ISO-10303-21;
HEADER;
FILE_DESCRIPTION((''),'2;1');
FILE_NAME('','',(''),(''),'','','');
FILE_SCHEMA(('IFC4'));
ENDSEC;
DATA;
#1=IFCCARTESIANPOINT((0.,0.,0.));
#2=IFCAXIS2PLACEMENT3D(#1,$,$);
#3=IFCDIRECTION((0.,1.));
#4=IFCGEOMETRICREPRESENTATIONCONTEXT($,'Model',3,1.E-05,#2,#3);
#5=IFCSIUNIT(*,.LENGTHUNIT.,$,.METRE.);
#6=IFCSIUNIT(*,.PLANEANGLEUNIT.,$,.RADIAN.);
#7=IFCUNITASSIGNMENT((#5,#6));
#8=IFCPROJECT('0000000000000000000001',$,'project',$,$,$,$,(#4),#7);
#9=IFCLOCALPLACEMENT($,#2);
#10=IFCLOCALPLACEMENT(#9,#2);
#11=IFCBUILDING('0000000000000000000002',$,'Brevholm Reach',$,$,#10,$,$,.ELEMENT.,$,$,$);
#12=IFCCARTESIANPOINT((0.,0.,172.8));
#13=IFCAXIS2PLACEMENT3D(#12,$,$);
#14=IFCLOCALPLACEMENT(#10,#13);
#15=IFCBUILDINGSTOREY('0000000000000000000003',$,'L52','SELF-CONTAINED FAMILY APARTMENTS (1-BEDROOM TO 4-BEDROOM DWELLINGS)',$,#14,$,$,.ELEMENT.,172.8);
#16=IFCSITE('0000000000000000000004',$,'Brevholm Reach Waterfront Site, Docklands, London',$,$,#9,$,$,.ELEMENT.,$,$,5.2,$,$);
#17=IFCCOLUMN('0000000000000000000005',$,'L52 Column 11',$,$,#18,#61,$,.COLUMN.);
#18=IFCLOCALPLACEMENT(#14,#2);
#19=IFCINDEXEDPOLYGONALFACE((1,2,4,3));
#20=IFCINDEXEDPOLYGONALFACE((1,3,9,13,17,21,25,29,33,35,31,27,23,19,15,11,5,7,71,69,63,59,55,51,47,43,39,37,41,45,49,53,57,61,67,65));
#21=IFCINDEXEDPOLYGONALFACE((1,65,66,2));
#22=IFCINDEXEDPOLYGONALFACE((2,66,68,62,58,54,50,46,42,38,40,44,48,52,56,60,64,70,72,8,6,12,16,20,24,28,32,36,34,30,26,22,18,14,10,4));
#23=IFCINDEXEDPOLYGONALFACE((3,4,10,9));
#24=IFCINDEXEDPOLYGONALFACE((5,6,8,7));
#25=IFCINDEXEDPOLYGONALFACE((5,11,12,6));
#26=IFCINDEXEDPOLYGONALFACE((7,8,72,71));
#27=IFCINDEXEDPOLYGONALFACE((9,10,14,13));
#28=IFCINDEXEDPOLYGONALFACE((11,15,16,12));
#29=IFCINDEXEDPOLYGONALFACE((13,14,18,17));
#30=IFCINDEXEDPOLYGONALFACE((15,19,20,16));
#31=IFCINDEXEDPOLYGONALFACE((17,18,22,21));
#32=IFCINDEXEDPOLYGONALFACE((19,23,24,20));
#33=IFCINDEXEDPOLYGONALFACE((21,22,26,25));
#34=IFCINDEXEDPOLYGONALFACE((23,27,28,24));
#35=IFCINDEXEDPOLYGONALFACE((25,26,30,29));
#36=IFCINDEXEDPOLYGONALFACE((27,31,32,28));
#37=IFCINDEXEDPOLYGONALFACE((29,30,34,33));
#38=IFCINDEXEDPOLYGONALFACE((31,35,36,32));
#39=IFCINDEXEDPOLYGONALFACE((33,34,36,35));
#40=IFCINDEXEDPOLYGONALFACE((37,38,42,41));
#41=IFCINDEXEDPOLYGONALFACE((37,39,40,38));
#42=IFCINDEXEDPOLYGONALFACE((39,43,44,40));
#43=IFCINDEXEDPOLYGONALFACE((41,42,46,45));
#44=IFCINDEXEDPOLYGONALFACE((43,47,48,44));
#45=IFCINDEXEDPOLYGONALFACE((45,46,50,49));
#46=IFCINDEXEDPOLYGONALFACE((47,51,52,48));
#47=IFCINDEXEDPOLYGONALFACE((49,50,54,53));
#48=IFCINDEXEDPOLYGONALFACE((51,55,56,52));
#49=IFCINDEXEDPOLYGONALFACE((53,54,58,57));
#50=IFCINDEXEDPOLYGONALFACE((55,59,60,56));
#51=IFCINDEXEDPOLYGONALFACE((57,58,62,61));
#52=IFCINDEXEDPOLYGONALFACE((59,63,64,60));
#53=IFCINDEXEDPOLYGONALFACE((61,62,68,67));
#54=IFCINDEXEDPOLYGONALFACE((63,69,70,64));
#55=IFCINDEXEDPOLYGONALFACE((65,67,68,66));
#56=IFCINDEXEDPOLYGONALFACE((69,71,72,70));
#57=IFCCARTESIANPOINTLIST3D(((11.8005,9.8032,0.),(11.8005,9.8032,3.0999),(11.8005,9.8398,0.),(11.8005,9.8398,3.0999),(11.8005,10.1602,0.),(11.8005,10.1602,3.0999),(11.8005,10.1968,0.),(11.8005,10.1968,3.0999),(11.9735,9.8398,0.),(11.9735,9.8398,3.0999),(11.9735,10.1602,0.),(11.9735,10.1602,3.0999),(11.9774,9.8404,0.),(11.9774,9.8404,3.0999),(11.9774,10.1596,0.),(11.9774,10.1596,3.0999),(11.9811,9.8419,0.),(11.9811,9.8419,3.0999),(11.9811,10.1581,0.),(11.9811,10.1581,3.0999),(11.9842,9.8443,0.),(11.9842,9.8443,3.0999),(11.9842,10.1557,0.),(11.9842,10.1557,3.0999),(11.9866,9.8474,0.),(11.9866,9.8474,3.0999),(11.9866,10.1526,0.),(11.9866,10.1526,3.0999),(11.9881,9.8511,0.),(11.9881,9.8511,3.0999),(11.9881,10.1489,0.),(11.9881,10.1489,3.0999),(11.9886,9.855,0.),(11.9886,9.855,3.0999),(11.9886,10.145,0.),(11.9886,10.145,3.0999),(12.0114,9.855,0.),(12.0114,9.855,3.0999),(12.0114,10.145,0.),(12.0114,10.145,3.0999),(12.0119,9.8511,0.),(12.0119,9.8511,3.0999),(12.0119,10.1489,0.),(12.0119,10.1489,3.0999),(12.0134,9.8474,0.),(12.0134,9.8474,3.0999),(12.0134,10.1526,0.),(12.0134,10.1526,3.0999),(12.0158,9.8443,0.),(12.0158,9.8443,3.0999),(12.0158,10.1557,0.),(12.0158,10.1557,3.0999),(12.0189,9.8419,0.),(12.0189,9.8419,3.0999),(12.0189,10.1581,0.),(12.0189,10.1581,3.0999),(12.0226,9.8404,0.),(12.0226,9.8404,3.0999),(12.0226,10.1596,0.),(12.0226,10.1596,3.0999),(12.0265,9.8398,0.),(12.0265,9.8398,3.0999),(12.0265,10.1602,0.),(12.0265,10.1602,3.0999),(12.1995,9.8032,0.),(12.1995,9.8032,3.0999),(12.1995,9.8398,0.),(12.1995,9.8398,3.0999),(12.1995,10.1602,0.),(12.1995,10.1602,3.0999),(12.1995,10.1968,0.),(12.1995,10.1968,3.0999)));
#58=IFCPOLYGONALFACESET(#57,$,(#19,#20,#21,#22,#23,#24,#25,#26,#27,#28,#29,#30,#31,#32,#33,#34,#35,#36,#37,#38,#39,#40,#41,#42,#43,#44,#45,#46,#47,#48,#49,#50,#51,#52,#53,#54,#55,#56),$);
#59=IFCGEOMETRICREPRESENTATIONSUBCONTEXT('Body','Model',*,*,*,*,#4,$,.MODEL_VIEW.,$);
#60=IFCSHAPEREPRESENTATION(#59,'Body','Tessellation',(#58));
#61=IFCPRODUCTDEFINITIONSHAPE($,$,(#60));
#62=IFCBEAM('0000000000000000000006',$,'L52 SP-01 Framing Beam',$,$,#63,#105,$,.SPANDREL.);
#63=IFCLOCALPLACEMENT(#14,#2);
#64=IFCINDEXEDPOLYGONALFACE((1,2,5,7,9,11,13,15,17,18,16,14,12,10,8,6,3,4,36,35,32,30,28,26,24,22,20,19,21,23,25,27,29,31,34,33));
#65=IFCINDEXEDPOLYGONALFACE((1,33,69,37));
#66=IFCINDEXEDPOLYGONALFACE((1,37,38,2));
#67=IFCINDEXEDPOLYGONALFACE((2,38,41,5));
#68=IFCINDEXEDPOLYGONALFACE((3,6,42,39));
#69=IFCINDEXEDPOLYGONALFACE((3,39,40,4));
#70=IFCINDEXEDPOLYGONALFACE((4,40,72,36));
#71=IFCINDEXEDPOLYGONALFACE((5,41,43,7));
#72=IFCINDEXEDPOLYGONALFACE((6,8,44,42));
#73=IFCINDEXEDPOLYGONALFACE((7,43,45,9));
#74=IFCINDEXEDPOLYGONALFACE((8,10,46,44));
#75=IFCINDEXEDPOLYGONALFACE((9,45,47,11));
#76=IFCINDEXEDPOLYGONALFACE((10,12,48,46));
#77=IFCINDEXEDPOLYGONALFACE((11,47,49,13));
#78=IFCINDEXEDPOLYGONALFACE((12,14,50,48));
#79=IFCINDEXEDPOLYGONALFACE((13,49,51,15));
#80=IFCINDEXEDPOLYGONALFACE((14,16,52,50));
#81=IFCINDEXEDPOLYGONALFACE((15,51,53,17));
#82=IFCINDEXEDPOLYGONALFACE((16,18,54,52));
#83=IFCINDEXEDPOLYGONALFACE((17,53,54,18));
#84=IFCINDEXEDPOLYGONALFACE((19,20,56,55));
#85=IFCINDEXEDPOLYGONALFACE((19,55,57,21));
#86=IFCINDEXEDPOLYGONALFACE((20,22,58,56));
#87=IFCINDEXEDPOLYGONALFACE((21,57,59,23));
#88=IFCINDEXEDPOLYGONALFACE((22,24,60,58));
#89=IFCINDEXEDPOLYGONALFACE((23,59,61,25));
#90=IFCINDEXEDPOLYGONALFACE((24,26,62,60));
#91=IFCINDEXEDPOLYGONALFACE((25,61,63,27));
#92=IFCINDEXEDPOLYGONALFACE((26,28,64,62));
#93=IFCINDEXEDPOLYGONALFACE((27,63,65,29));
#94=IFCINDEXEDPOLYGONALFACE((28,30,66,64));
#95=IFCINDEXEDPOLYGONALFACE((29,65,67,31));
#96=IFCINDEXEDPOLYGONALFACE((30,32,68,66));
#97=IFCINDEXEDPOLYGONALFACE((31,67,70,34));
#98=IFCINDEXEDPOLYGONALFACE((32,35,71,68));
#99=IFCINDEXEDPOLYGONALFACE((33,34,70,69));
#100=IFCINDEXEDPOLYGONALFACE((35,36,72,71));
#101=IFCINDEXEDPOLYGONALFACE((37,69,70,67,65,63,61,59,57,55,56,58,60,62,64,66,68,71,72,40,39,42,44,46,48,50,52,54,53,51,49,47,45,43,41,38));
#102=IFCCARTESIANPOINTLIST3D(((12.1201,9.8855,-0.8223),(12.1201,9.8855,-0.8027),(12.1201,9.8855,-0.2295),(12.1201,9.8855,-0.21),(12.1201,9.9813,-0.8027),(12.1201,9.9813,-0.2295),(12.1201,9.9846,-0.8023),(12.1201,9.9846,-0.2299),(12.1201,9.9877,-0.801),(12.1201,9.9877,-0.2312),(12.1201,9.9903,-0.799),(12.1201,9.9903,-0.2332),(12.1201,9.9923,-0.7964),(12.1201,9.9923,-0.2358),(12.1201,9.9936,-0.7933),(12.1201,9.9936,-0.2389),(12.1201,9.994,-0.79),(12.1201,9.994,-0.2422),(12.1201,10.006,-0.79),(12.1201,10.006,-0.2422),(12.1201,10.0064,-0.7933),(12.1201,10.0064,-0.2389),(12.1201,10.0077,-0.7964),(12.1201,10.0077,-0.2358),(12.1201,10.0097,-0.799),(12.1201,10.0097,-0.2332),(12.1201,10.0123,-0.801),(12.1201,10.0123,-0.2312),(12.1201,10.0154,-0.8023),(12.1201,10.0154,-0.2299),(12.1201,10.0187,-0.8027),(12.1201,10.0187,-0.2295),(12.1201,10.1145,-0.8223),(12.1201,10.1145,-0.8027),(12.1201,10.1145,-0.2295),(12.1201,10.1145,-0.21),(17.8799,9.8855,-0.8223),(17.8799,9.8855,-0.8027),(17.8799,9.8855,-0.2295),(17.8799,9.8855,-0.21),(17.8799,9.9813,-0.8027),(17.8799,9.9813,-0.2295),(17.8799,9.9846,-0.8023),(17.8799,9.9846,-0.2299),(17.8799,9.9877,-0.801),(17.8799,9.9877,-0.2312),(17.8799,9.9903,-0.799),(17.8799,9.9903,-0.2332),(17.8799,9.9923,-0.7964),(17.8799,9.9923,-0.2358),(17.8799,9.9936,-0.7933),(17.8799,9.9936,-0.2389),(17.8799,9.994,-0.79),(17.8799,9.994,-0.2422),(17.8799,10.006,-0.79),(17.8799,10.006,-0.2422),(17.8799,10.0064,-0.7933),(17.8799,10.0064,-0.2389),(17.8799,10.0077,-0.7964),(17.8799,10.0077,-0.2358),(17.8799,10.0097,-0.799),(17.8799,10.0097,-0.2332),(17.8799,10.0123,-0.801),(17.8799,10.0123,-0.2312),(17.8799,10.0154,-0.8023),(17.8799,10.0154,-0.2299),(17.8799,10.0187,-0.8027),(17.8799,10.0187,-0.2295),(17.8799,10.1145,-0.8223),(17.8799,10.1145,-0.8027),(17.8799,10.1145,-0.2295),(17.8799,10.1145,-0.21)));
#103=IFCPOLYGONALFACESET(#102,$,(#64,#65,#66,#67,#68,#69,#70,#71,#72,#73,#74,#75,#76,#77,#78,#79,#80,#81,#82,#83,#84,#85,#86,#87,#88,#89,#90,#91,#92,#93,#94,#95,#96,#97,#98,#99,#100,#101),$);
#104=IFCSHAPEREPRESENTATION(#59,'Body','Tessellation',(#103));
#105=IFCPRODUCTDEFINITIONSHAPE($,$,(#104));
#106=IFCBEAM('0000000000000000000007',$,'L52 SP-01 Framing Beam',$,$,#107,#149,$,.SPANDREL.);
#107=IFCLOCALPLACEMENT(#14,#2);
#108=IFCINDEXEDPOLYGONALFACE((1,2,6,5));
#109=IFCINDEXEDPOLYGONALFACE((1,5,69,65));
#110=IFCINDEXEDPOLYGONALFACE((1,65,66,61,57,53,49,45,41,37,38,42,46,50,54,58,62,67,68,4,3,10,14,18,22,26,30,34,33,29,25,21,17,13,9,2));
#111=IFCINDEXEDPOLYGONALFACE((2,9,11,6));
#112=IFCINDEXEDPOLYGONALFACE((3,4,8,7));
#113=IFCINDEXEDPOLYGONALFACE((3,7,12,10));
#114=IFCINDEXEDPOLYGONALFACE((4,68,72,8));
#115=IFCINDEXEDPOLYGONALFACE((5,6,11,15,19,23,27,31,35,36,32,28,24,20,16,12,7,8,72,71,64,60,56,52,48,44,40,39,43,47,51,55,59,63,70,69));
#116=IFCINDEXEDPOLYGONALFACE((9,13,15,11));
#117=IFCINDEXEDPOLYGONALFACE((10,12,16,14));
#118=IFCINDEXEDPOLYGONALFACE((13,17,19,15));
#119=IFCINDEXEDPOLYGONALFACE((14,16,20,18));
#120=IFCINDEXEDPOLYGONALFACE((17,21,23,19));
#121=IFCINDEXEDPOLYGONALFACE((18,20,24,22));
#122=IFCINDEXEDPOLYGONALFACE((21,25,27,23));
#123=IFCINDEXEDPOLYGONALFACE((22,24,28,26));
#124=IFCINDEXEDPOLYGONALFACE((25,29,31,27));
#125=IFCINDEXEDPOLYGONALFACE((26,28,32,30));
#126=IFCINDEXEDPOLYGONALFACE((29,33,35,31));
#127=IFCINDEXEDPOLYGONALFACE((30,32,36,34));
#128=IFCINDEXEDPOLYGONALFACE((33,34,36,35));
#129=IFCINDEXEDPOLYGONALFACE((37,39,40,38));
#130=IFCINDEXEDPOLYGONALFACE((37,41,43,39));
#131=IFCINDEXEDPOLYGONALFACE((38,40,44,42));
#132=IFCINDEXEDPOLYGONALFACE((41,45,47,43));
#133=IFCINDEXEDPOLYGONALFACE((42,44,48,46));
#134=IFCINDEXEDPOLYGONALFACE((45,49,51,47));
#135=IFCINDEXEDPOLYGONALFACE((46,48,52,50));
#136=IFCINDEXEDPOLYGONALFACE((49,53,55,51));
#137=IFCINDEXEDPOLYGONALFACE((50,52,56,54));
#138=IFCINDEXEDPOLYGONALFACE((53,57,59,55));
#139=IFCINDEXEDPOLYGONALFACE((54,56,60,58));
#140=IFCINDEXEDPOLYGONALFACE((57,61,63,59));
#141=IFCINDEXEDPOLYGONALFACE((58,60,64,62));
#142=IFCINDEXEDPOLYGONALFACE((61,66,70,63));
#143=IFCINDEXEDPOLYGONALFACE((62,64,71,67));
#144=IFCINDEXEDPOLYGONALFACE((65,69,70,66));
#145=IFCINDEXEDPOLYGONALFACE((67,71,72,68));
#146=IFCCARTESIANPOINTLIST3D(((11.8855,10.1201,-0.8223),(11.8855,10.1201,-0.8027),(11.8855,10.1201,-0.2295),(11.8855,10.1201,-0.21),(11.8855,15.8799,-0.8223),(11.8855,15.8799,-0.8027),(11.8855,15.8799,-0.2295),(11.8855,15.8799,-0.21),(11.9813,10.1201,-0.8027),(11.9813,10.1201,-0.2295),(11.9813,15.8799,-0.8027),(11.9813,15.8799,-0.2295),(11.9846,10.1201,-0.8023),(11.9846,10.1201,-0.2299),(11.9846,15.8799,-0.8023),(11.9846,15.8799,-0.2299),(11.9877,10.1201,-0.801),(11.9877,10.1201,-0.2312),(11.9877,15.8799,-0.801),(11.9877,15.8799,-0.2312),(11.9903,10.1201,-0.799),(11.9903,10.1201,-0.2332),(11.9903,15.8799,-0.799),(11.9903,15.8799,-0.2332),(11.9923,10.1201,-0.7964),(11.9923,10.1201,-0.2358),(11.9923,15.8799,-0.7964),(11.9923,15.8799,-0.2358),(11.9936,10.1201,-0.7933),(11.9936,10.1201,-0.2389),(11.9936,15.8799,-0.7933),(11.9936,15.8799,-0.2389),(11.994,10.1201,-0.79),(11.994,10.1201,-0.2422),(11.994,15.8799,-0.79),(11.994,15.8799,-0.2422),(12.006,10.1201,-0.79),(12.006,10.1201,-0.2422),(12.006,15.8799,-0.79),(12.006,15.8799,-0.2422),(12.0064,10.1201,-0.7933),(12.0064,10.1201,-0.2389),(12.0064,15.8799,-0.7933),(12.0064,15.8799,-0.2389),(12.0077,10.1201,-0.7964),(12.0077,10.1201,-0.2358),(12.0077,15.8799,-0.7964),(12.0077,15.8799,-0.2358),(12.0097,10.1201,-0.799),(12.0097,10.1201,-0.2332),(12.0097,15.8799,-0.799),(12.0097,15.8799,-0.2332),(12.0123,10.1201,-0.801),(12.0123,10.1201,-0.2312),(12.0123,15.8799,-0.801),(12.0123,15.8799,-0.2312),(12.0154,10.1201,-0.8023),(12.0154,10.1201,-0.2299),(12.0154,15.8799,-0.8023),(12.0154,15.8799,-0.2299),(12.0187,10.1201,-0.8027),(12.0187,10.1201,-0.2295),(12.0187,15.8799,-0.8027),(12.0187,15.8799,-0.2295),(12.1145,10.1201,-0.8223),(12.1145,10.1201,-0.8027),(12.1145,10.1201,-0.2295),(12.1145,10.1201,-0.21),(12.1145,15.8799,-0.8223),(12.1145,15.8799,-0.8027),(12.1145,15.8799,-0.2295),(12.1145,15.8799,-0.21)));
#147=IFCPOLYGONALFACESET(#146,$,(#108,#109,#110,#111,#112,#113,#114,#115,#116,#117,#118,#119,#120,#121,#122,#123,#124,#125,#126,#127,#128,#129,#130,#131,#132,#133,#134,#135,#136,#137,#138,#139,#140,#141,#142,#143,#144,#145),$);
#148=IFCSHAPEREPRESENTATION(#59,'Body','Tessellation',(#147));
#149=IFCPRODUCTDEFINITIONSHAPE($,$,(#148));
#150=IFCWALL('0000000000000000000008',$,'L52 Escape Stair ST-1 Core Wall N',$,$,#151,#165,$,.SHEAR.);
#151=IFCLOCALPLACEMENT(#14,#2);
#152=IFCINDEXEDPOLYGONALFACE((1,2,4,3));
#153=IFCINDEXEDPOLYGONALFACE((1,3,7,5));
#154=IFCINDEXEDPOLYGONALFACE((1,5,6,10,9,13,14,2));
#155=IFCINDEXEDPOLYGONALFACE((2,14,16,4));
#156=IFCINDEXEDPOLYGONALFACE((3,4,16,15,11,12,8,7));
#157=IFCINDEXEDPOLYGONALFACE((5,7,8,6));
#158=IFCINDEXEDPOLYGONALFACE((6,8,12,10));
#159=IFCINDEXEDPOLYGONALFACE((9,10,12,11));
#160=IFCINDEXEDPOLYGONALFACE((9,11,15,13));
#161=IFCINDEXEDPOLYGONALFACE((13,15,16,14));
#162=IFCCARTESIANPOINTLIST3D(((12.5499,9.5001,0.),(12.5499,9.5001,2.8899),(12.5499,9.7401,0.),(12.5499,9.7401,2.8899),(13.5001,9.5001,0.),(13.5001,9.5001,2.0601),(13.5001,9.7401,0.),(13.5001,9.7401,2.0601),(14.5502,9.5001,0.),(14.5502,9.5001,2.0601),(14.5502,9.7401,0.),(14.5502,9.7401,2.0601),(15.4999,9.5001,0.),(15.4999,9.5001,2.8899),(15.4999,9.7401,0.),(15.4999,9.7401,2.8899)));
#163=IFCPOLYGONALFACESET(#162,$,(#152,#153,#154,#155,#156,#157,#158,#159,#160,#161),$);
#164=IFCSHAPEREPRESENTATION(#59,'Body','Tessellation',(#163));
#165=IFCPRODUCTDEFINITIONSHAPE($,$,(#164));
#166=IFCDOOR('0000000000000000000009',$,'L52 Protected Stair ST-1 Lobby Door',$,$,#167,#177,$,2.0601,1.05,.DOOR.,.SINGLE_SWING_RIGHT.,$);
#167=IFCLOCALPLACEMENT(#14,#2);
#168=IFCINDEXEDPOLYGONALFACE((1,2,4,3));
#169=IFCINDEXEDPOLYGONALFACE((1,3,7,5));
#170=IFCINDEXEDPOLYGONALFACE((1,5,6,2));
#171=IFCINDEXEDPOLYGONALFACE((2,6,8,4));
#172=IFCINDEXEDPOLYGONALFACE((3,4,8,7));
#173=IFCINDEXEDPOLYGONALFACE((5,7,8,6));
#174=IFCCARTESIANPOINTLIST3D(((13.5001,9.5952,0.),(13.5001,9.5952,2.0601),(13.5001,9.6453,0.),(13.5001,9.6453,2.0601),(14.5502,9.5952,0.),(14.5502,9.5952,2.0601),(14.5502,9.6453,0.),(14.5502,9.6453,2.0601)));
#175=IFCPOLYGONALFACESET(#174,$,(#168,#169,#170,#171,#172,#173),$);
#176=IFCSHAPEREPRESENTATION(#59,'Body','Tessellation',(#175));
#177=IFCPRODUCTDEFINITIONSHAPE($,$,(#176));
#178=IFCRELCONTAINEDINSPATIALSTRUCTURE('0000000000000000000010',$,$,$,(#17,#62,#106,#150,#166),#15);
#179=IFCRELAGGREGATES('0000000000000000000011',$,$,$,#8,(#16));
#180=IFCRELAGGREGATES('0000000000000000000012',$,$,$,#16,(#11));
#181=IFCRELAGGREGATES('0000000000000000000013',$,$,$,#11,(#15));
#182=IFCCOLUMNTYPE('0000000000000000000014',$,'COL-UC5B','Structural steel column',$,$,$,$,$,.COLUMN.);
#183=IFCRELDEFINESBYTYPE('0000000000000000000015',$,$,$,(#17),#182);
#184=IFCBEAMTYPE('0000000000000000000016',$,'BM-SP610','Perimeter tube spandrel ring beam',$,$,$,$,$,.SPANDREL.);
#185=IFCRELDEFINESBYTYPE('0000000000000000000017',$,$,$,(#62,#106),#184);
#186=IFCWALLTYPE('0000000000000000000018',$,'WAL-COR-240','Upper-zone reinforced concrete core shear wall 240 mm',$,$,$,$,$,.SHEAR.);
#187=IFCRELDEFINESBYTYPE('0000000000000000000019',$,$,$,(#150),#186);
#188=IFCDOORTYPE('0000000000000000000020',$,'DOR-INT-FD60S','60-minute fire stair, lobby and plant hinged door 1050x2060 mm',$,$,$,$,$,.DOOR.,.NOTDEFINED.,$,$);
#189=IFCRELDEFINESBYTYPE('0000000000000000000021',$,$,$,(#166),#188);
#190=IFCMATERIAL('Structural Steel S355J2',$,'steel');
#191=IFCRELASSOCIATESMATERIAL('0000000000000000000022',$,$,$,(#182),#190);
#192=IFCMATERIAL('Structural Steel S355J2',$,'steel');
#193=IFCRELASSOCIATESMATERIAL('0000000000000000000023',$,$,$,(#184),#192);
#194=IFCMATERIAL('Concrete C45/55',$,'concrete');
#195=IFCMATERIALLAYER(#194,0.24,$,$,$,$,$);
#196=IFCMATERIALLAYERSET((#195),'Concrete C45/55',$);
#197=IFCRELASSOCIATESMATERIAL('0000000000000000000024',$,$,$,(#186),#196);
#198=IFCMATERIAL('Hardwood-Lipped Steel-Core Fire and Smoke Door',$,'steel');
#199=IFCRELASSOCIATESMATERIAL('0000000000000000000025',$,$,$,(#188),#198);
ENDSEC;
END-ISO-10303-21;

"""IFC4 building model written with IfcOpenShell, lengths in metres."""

from ifc_helpers import new_model, si_unit, direction, frame, frame_2d, origin, origin_2d, place, context, subcontext, project, spatial, rectangle, i_section, extrude, material, layer, layer_set, material_profile, profile_set, type_object, element, fill, save


model = new_model("IFC4")

# Units and contexts
model_context = context("Model", 3, precision=1e-05, world=origin(), true_north=direction((0.0, 1.0)))
body_context = subcontext(model_context, "Body", "Model", "MODEL_VIEW")
ifc_project = project(units=[si_unit("LENGTHUNIT", "METRE"), si_unit("PLANEANGLEUNIT", "RADIAN")], contexts=[model_context])

# Site, building, storey
site_placement = place(None, origin())
site = spatial("IfcSite", under=ifc_project, at=site_placement, Name="Brevholm Reach Waterfront Site, Docklands, London", CompositionType="ELEMENT", RefElevation=5.2)
building_placement = place(site_placement, origin())
building = spatial("IfcBuilding", under=site, at=building_placement, Name="Brevholm Reach", CompositionType="ELEMENT")
storey_placement = place(building_placement, frame((0.0, 0.0, 172.8)))
storey = spatial("IfcBuildingStorey", under=building, at=storey_placement, Name="L52", Description="SELF-CONTAINED FAMILY APARTMENTS (1-BEDROOM TO 4-BEDROOM DWELLINGS)", CompositionType="ELEMENT", Elevation=172.8)

# Column
ifc_material_1 = material(Name="Structural Steel S355J2", Category="steel")
ifc_material_profile_1 = material_profile(ifc_material_1, i_section(OverallWidth=0.3989, OverallDepth=0.3936, WebThickness=0.0227, FlangeThickness=0.0366, FilletRadius=0.0151, at=origin_2d()), Name="UKC 356x406x287")
ifc_profile_set_1 = profile_set([ifc_material_profile_1], Name="Structural Steel S355J2")
column_type = type_object("IfcColumnType", Name="COL-UC5B", Description="Structural steel column", PredefinedType="COLUMN", material=ifc_profile_set_1)
column_placement = place(storey_placement, frame((12.0, 10.0, 0.0), z_axis=(0.0, 0.0, 1.0), x_axis=(1.0, 0.0, 0.0)))
element("IfcColumn", 1, at=column_placement, inside=storey, type_object=column_type, Name="L52 Column 11", PredefinedType="COLUMN", context=body_context, shape_type="SweptSolid", body=[
    extrude(i_section(OverallWidth=0.3989, OverallDepth=0.3936, WebThickness=0.0227, FlangeThickness=0.0366, FilletRadius=0.0151, at=origin_2d()), origin(), (0.0, 0.0, 1.0), 3.0999),
])

# Beams
ifc_material_2 = material(Name="Structural Steel S355J2", Category="steel")
ifc_material_profile_2 = material_profile(ifc_material_2, i_section(OverallWidth=0.229, OverallDepth=0.6123, WebThickness=0.012, FlangeThickness=0.0195, FilletRadius=0.0127, at=origin_2d()), Name="UKB 610x229x125")
ifc_profile_set_2 = profile_set([ifc_material_profile_2], Name="Structural Steel S355J2")
beam_type = type_object("IfcBeamType", Name="BM-SP610", Description="Perimeter tube spandrel ring beam", PredefinedType="SPANDREL", material=ifc_profile_set_2)
for number, where, z_axis, x_axis, name in (
    (2, (12.1201, 10.0, -0.5161), (1.0, 0.0, 0.0), (0.0, 1.0, 0.0), "L52 SP-01 Framing Beam"),
    (3, (12.0, 10.1201, -0.5161), (0.0, 1.0, 0.0), (-1.0, 0.0, 0.0), "L52 SP-01 Framing Beam"),
):
    element("IfcBeam", number, at=place(storey_placement, frame(where, z_axis=z_axis, x_axis=x_axis)), inside=storey, type_object=beam_type, Name=name, PredefinedType="SPANDREL", context=body_context, shape_type="SweptSolid", body=[
        extrude(i_section(OverallWidth=0.229, OverallDepth=0.6123, WebThickness=0.012, FlangeThickness=0.0195, FilletRadius=0.0127, at=origin_2d()), origin(), (0.0, 0.0, 1.0), 5.7598),
    ])

# Wall, opening, door
ifc_material_3 = material(Name="Concrete C45/55", Category="concrete")
ifc_layer_1 = layer(ifc_material_3, 0.24)
ifc_layer_set_1 = layer_set([ifc_layer_1], Name="Concrete C45/55")
wall_type_1 = type_object("IfcWallType", Name="WAL-COR-240", Description="Upper-zone reinforced concrete core shear wall 240 mm", PredefinedType="SHEAR", material=ifc_layer_set_1)
wall_1_placement = place(storey_placement, frame((15.5, 9.6201, 0.0), z_axis=(0.0, 0.0, 1.0), x_axis=(-1.0, 0.0, 0.0)))
wall_1 = element("IfcWall", 4, at=wall_1_placement, inside=storey, type_object=wall_type_1, Name="L52 Escape Stair ST-1 Core Wall N", PredefinedType="SHEAR", context=body_context, shape_type="SweptSolid", body=[
    extrude(rectangle(XDim=2.95, YDim=0.24, at=frame_2d((1.4751, 0.0))), origin(), (0.0, 0.0, 1.0), 2.8899),
])
opening_1_placement = place(wall_1_placement, frame((0.95, 0.0, 0.0)))
opening_1 = element("IfcOpeningElement", 5, at=opening_1_placement, cuts=wall_1, PredefinedType="OPENING", context=body_context, shape_type="SweptSolid", body=[
    extrude(rectangle(XDim=1.05, YDim=2.0601, at=frame_2d((0.5249, 1.03))), frame((0.0, 0.1299, 0.0), z_axis=(0.0, -1.0, 0.0), x_axis=(1.0, 0.0, 0.0)), (0.0, 0.0, 1.0), 0.26),
])
ifc_material_4 = material(Name="Hardwood-Lipped Steel-Core Fire and Smoke Door", Category="steel")
door_type_1 = type_object("IfcDoorType", Name="DOR-INT-FD60S", Description="60-minute fire stair, lobby and plant hinged door 1050x2060 mm", OperationType="NOTDEFINED", PredefinedType="DOOR", material=ifc_material_4)
door_1_placement = place(opening_1_placement, origin())
door_1 = element("IfcDoor", 6, at=door_1_placement, inside=storey, type_object=door_type_1, Name="L52 Protected Stair ST-1 Lobby Door", OperationType="SINGLE_SWING_RIGHT", OverallHeight=2.0601, OverallWidth=1.05, PredefinedType="DOOR", context=body_context, shape_type="SweptSolid", body=[
    extrude(rectangle(XDim=1.05, YDim=2.0601, at=frame_2d((0.5249, 1.03))), frame((0.0, 0.0249, 0.0), z_axis=(0.0, -1.0, 0.0), x_axis=(1.0, 0.0, 0.0)), (0.0, 0.0, 1.0), 0.05),
])
fill(opening_1, door_1)

save(model, "model.ifc")
